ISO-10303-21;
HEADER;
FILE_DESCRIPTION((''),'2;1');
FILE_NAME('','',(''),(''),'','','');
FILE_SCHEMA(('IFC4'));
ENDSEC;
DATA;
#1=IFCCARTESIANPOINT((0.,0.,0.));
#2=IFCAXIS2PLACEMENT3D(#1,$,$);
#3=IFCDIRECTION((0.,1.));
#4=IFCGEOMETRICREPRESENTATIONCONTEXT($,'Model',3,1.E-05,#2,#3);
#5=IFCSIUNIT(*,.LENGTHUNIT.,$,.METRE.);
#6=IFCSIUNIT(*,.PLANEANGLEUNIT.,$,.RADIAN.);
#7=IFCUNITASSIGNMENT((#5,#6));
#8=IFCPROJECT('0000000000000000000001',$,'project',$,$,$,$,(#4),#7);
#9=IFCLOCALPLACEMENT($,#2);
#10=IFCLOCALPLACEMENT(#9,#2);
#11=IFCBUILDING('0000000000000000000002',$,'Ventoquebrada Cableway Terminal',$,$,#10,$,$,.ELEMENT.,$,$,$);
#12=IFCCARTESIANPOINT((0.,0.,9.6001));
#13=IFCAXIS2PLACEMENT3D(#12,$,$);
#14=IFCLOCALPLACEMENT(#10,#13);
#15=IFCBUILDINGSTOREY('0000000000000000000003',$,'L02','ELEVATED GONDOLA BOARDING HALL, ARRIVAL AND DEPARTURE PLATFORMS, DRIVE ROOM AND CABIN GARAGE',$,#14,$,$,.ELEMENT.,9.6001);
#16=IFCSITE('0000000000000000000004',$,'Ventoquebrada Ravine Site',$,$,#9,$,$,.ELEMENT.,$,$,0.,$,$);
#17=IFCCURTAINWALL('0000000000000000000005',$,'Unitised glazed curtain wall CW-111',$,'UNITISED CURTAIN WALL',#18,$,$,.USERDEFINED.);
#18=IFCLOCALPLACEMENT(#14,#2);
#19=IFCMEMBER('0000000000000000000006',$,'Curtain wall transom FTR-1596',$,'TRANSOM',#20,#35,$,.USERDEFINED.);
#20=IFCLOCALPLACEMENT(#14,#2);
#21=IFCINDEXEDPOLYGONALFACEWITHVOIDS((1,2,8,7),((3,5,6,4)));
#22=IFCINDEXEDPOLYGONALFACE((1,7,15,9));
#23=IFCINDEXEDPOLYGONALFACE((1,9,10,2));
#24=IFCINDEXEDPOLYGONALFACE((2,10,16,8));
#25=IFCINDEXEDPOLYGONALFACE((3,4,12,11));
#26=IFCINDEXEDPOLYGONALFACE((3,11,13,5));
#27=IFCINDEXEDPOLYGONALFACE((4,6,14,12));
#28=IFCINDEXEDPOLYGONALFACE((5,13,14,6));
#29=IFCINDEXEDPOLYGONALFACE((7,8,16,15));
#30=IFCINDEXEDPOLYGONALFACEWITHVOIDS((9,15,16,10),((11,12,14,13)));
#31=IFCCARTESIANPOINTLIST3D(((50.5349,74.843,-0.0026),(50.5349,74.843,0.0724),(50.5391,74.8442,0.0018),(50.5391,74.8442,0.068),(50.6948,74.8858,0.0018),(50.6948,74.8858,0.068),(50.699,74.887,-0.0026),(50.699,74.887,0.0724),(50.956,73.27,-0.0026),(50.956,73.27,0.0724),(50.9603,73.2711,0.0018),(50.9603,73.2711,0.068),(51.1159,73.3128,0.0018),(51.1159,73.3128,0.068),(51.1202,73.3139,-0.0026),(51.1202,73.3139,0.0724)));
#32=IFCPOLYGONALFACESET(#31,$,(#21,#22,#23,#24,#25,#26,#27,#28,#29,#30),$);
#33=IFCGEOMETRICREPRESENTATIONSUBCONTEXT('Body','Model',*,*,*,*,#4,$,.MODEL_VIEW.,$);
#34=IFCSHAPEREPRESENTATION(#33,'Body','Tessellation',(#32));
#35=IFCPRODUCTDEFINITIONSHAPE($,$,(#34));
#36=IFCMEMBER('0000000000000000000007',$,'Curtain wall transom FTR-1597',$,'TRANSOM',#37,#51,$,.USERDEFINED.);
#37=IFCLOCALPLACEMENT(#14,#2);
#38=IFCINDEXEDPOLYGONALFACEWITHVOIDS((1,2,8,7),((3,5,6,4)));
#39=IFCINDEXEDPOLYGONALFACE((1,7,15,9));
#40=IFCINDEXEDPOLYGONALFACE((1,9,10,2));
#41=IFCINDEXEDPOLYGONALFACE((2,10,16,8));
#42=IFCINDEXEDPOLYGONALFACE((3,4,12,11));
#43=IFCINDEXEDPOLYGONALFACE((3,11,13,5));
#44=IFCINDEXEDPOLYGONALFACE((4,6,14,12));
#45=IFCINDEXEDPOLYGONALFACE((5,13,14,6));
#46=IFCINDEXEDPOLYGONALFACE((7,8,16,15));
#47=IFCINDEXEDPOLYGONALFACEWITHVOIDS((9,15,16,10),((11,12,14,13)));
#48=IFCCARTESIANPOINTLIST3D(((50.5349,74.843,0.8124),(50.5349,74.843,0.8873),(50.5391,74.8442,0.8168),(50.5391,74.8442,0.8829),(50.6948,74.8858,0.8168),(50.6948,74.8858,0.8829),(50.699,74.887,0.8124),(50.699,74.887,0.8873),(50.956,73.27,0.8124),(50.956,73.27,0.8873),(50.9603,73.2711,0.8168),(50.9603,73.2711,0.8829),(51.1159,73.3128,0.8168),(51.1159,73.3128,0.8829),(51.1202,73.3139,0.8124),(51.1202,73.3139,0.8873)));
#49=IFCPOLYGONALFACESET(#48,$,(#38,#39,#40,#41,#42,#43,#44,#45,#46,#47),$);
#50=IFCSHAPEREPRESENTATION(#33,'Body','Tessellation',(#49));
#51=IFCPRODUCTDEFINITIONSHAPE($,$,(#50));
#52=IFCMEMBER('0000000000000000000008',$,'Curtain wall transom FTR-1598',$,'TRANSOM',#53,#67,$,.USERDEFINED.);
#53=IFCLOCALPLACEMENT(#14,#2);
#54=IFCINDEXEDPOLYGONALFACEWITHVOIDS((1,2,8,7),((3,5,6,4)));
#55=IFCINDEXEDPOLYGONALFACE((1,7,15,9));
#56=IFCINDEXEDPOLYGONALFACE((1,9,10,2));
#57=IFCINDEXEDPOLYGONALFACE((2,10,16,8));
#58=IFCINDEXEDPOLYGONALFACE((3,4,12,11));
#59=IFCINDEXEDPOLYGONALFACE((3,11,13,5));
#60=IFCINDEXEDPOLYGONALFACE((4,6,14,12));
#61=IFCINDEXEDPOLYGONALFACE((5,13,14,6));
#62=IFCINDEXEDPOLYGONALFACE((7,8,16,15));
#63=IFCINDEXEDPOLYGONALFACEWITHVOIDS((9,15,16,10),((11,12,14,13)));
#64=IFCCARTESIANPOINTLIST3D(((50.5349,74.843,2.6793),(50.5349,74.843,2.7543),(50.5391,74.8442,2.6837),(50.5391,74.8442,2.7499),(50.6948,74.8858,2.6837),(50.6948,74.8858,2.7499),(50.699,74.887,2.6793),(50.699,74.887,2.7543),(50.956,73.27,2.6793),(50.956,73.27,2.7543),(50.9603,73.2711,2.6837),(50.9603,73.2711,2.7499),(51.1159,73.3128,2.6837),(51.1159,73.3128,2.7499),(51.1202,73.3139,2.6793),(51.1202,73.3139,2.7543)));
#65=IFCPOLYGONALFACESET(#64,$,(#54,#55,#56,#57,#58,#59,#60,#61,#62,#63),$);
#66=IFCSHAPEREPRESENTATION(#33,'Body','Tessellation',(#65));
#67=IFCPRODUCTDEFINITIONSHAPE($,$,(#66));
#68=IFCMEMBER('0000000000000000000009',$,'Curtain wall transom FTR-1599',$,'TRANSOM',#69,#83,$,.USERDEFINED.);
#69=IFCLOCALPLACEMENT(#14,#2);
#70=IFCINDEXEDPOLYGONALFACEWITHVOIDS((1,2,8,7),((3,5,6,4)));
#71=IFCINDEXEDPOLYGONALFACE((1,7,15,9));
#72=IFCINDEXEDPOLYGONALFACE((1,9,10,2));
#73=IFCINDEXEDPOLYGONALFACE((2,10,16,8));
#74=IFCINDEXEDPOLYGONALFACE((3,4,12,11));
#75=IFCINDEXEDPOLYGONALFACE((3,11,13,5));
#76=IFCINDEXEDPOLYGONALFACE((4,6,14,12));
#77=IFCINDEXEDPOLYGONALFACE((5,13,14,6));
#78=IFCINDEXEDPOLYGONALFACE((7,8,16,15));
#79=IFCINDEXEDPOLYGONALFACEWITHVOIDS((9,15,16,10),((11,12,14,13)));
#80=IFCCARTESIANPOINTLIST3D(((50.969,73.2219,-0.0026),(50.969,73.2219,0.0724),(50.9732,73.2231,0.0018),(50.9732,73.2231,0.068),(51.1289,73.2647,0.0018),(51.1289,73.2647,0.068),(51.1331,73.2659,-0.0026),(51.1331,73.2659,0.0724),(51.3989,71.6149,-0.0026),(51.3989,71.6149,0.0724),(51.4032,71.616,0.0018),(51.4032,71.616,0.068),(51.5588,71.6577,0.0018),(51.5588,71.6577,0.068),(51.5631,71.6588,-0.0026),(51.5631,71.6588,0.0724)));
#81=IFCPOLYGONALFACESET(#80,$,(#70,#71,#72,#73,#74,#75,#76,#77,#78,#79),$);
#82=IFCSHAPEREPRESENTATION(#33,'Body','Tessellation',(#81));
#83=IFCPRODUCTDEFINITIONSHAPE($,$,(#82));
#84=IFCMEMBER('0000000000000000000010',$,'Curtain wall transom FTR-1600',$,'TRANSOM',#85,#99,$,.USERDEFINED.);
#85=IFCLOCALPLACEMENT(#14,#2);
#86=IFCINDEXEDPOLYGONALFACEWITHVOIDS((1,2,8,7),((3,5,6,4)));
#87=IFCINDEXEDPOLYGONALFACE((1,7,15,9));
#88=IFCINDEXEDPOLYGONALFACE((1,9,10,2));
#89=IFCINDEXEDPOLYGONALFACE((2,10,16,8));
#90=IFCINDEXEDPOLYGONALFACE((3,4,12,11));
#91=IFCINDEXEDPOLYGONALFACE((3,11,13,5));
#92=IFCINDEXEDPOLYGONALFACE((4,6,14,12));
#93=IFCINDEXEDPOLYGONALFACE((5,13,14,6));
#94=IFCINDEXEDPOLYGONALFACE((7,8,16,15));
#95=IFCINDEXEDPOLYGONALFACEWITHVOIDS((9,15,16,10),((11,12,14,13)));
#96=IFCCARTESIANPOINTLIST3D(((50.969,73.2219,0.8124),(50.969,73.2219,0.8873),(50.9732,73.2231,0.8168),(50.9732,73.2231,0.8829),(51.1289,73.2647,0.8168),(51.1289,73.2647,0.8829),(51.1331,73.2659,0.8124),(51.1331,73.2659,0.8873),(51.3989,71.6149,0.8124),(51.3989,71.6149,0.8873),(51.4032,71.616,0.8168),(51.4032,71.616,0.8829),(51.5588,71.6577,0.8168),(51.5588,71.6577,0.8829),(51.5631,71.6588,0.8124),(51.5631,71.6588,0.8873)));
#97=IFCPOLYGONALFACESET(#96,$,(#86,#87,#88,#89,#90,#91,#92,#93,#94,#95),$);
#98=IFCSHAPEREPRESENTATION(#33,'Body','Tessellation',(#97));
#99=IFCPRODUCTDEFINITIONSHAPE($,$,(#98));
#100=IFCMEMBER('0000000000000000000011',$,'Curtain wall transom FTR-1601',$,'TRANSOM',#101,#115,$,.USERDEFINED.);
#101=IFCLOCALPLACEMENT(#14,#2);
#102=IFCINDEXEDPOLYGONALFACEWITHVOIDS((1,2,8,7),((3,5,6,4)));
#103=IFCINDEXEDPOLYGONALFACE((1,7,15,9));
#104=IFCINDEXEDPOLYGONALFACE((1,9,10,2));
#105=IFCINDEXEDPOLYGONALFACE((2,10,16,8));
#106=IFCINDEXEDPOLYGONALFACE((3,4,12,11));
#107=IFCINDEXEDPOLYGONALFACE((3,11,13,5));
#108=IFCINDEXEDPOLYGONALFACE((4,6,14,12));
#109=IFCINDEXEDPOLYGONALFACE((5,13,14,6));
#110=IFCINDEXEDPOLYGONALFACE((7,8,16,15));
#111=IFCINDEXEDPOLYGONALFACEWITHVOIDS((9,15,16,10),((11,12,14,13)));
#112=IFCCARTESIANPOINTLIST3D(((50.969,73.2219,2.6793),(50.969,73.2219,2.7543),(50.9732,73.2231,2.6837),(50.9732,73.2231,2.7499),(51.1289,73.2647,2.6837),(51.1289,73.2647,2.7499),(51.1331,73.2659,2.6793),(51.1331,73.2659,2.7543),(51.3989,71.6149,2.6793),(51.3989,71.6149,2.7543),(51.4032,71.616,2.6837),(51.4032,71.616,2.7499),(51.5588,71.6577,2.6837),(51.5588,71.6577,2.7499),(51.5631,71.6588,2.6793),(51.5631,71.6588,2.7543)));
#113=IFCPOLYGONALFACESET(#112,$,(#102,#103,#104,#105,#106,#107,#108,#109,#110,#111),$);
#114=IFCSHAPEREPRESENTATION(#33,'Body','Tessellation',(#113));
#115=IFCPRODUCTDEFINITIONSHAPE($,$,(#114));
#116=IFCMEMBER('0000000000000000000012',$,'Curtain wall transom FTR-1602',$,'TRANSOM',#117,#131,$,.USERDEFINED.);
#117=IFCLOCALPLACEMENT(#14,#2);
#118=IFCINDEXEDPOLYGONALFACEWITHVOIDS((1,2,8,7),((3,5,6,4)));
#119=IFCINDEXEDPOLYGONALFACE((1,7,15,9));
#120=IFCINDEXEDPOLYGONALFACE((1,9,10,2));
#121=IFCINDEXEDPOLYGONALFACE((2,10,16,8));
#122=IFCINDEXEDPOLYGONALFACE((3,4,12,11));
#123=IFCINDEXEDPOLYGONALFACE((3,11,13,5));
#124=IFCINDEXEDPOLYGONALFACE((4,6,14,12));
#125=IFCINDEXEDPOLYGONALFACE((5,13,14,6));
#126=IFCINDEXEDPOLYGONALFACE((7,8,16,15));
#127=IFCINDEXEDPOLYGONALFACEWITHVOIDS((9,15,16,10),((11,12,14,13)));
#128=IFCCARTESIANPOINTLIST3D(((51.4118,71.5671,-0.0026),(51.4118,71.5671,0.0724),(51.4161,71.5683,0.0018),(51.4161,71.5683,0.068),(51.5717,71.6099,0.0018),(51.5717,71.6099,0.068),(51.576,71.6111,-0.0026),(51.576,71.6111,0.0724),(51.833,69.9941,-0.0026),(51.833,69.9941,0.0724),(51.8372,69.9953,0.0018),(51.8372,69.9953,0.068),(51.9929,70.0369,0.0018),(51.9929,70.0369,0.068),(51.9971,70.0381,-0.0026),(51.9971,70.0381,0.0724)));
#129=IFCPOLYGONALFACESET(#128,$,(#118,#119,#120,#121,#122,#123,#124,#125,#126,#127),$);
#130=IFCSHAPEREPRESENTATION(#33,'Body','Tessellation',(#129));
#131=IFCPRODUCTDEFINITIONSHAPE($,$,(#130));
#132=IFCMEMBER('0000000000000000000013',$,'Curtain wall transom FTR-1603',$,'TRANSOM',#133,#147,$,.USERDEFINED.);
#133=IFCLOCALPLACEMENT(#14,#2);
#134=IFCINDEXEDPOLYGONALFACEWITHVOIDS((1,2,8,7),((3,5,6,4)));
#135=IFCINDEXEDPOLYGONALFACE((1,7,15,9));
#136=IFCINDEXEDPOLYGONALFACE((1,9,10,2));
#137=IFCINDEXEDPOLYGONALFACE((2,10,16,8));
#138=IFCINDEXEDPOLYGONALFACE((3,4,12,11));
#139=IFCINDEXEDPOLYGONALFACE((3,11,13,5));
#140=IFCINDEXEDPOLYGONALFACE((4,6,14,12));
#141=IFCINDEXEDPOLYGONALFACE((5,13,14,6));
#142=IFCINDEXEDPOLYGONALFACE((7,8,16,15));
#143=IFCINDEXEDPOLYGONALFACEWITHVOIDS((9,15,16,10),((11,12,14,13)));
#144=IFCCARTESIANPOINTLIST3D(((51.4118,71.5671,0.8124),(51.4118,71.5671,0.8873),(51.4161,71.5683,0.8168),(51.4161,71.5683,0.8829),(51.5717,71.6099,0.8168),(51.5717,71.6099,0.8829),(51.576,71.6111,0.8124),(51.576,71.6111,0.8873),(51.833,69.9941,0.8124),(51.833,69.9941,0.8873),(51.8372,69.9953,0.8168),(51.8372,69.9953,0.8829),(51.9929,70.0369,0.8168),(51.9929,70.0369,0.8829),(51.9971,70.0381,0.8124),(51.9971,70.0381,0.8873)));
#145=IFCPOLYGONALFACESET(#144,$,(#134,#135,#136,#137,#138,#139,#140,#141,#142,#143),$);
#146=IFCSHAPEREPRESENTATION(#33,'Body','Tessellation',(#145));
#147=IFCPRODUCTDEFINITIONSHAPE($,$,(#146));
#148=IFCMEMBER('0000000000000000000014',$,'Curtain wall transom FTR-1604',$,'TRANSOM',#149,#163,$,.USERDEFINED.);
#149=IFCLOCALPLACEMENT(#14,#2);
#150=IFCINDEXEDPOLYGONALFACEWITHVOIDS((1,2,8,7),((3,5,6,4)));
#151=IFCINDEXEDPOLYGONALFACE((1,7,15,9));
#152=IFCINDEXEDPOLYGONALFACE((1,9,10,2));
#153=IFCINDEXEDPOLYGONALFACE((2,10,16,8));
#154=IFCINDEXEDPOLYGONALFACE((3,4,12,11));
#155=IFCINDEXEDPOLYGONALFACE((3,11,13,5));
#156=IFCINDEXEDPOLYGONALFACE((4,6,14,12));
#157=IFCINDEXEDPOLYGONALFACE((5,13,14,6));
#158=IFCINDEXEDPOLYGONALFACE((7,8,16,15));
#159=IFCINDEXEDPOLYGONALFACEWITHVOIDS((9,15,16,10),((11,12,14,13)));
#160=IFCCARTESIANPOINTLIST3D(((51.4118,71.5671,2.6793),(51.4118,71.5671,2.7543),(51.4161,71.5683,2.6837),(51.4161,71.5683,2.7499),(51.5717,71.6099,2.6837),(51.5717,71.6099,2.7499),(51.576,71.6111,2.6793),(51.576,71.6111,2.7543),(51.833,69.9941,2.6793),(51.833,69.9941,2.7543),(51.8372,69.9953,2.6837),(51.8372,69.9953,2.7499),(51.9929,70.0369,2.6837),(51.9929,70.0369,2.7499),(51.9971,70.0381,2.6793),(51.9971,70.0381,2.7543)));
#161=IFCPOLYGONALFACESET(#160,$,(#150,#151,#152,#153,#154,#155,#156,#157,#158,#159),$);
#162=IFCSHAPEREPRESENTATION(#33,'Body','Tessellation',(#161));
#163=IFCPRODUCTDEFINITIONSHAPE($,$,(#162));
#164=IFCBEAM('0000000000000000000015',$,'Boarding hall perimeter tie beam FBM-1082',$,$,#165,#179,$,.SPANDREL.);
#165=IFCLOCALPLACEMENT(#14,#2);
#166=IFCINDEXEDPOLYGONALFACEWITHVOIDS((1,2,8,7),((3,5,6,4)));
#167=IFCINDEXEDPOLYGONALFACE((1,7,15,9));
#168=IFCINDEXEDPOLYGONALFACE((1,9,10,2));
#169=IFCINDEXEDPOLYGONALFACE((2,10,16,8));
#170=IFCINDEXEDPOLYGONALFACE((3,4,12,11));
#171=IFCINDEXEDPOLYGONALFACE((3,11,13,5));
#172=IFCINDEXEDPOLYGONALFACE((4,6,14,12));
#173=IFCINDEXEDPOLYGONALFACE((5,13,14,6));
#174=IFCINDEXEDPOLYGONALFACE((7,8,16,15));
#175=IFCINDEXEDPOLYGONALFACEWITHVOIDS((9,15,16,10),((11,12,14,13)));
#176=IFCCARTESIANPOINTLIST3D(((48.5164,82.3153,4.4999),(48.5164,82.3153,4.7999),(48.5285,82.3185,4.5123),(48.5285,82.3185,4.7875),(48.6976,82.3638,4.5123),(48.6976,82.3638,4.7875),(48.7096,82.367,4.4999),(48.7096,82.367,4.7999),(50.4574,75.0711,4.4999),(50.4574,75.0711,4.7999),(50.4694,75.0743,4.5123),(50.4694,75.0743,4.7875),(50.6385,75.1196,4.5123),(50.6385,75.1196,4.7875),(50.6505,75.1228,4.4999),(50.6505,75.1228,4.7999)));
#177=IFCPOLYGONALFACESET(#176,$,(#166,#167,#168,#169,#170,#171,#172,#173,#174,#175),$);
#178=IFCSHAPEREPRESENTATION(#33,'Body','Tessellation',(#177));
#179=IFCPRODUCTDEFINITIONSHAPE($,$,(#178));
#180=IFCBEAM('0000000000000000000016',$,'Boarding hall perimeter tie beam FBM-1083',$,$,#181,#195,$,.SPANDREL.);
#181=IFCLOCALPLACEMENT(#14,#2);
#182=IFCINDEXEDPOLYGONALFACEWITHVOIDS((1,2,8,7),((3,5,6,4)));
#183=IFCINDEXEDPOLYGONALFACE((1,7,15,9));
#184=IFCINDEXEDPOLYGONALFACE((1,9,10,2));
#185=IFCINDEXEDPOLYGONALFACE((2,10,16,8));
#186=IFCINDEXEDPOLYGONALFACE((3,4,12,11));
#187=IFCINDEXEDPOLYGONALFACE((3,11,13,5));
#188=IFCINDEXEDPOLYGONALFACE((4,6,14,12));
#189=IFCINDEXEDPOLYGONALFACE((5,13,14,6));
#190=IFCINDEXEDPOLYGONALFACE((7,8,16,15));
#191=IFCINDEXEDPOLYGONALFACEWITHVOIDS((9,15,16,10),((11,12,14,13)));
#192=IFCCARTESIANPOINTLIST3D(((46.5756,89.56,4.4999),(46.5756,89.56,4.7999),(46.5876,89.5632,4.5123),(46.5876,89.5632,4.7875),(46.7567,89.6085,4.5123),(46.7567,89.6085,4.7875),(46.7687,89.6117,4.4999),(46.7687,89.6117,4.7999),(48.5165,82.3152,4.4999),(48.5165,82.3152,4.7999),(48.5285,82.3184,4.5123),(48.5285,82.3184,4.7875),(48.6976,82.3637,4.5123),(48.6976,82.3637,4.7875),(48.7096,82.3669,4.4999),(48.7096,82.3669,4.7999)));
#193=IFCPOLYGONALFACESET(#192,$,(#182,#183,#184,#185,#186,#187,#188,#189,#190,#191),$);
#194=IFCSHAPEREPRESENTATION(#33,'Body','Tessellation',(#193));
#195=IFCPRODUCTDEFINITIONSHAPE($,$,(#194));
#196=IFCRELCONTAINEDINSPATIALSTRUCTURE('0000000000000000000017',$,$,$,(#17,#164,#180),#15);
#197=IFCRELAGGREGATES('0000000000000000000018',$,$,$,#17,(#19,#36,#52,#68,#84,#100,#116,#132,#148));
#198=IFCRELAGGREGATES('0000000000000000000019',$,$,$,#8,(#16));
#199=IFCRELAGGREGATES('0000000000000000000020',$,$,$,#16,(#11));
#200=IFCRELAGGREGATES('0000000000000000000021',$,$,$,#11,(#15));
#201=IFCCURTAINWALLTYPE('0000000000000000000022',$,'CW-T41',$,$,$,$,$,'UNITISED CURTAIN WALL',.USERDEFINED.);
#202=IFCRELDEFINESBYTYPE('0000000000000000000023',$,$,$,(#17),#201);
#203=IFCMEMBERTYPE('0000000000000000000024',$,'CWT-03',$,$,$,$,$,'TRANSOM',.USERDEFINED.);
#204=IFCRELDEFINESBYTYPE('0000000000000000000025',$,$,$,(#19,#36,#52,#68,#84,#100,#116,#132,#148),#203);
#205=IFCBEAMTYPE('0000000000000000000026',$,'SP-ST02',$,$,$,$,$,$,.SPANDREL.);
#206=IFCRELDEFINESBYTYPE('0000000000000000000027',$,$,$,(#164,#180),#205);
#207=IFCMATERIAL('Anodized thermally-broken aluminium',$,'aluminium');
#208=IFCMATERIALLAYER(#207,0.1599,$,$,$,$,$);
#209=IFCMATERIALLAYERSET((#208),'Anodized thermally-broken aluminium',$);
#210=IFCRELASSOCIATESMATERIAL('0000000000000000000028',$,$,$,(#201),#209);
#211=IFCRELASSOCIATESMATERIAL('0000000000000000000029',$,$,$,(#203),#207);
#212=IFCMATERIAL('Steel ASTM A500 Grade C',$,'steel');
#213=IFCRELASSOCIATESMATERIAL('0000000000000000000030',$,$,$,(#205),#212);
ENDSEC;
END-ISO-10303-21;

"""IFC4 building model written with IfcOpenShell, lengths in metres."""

from ifc_helpers import new_model, si_unit, direction, frame, origin, origin_2d, place, context, subcontext, project, spatial, hollow_rectangle, extrude, material, layer, layer_set, material_profile, profile_set, type_object, element, aggregate, save


model = new_model("IFC4")

# Units and contexts
model_context = context("Model", 3, precision=1e-05, world=origin(), true_north=direction((0.0, 1.0)))
body_context = subcontext(model_context, "Body", "Model", "MODEL_VIEW")
ifc_project = project(units=[si_unit("LENGTHUNIT", "METRE"), si_unit("PLANEANGLEUNIT", "RADIAN")], contexts=[model_context])

# Site, building, storey
site_placement = place(None, origin())
site = spatial("IfcSite", under=ifc_project, at=site_placement, Name="Ventoquebrada Ravine Site", CompositionType="ELEMENT", RefElevation=0.0)
building_placement = place(site_placement, origin())
building = spatial("IfcBuilding", under=site, at=building_placement, Name="Ventoquebrada Cableway Terminal", CompositionType="ELEMENT")
storey_placement = place(building_placement, frame((0.0, 0.0, 9.6001)))
storey = spatial("IfcBuildingStorey", under=building, at=storey_placement, Name="L02", Description="ELEVATED GONDOLA BOARDING HALL, ARRIVAL AND DEPARTURE PLATFORMS, DRIVE ROOM AND CABIN GARAGE", CompositionType="ELEMENT", Elevation=9.6001)

# Shared definitions
ifc_material_1 = material(Name="Steel ASTM A500 Grade C", Category="steel")

# Curtain wall
ifc_material_2 = material(Name="Anodized thermally-broken aluminium", Category="aluminium")
ifc_layer_1 = layer(ifc_material_2, 0.1599)
ifc_layer_set_1 = layer_set([ifc_layer_1], Name="Anodized thermally-broken aluminium")
curtain_wall_type_1 = type_object("IfcCurtainWallType", Name="CW-T41", ElementType="UNITISED CURTAIN WALL", PredefinedType="USERDEFINED", material=ifc_layer_set_1)
curtain_wall_1_placement = place(storey_placement, origin())
curtain_wall_1 = element("IfcCurtainWall", 1, at=curtain_wall_1_placement, inside=storey, type_object=curtain_wall_type_1, Name="Unitised glazed curtain wall CW-111", ObjectType="UNITISED CURTAIN WALL", PredefinedType="USERDEFINED")

# Members
ifc_material_profile_1 = material_profile(ifc_material_2, hollow_rectangle(XDim=0.075, YDim=0.1699, WallThickness=0.0044, at=origin_2d()), Name="CW-TRN-75X170")
ifc_profile_set_1 = profile_set([ifc_material_profile_1], Name="Anodized thermally-broken aluminium")
member_type_1 = type_object("IfcMemberType", Name="CWT-03", ElementType="TRANSOM", PredefinedType="USERDEFINED", material=ifc_profile_set_1)
member_1_placement = place(storey_placement, frame((50.6169, 74.865, 0.0349), z_axis=(0.258624, -0.965978, 0.0), x_axis=(0.0, 0.0, 1.0)))
member_1 = element("IfcMember", 2, at=member_1_placement, type_object=member_type_1, Name="Curtain wall transom FTR-1596", ObjectType="TRANSOM", PredefinedType="USERDEFINED", context=body_context, shape_type="SweptSolid", body=[
    extrude(hollow_rectangle(XDim=0.075, YDim=0.1699, WallThickness=0.0044, at=origin_2d()), origin(), (0.0, 0.0, 1.0), 1.6284),
])
member_2_placement = place(storey_placement, frame((50.6169, 74.865, 0.8499), z_axis=(0.258624, -0.965978, 0.0), x_axis=(0.0, 0.0, 1.0)))
member_2 = element("IfcMember", 3, at=member_2_placement, type_object=member_type_1, Name="Curtain wall transom FTR-1597", ObjectType="TRANSOM", PredefinedType="USERDEFINED", context=body_context, shape_type="SweptSolid", body=[
    extrude(hollow_rectangle(XDim=0.075, YDim=0.1699, WallThickness=0.0044, at=origin_2d()), origin(), (0.0, 0.0, 1.0), 1.6284),
])
member_3_placement = place(storey_placement, frame((50.6169, 74.865, 2.7168), z_axis=(0.258624, -0.965978, 0.0), x_axis=(0.0, 0.0, 1.0)))
member_3 = element("IfcMember", 4, at=member_3_placement, type_object=member_type_1, Name="Curtain wall transom FTR-1598", ObjectType="TRANSOM", PredefinedType="USERDEFINED", context=body_context, shape_type="SweptSolid", body=[
    extrude(hollow_rectangle(XDim=0.075, YDim=0.1699, WallThickness=0.0044, at=origin_2d()), origin(), (0.0, 0.0, 1.0), 1.6284),
])
member_4_placement = place(storey_placement, frame((51.051, 73.2439, 0.0349), z_axis=(0.258457, -0.966023, 0.0), x_axis=(0.0, 0.0, 1.0)))
member_4 = element("IfcMember", 5, at=member_4_placement, type_object=member_type_1, Name="Curtain wall transom FTR-1599", ObjectType="TRANSOM", PredefinedType="USERDEFINED", context=body_context, shape_type="SweptSolid", body=[
    extrude(hollow_rectangle(XDim=0.075, YDim=0.1699, WallThickness=0.0044, at=origin_2d()), origin(), (0.0, 0.0, 1.0), 1.6636),
])
member_5_placement = place(storey_placement, frame((51.051, 73.2439, 0.8499), z_axis=(0.258457, -0.966023, 0.0), x_axis=(0.0, 0.0, 1.0)))
member_5 = element("IfcMember", 6, at=member_5_placement, type_object=member_type_1, Name="Curtain wall transom FTR-1600", ObjectType="TRANSOM", PredefinedType="USERDEFINED", context=body_context, shape_type="SweptSolid", body=[
    extrude(hollow_rectangle(XDim=0.075, YDim=0.1699, WallThickness=0.0044, at=origin_2d()), origin(), (0.0, 0.0, 1.0), 1.6636),
])
member_6_placement = place(storey_placement, frame((51.051, 73.2439, 2.7168), z_axis=(0.258457, -0.966023, 0.0), x_axis=(0.0, 0.0, 1.0)))
member_6 = element("IfcMember", 7, at=member_6_placement, type_object=member_type_1, Name="Curtain wall transom FTR-1601", ObjectType="TRANSOM", PredefinedType="USERDEFINED", context=body_context, shape_type="SweptSolid", body=[
    extrude(hollow_rectangle(XDim=0.075, YDim=0.1699, WallThickness=0.0044, at=origin_2d()), origin(), (0.0, 0.0, 1.0), 1.6636),
])
member_7_placement = place(storey_placement, frame((51.4939, 71.5891, 0.0349), z_axis=(0.258624, -0.965978, 0.0), x_axis=(0.0, 0.0, 1.0)))
member_7 = element("IfcMember", 8, at=member_7_placement, type_object=member_type_1, Name="Curtain wall transom FTR-1602", ObjectType="TRANSOM", PredefinedType="USERDEFINED", context=body_context, shape_type="SweptSolid", body=[
    extrude(hollow_rectangle(XDim=0.075, YDim=0.1699, WallThickness=0.0044, at=origin_2d()), origin(), (0.0, 0.0, 1.0), 1.6284),
])
member_8_placement = place(storey_placement, frame((51.4939, 71.5891, 0.8499), z_axis=(0.258624, -0.965978, 0.0), x_axis=(0.0, 0.0, 1.0)))
member_8 = element("IfcMember", 9, at=member_8_placement, type_object=member_type_1, Name="Curtain wall transom FTR-1603", ObjectType="TRANSOM", PredefinedType="USERDEFINED", context=body_context, shape_type="SweptSolid", body=[
    extrude(hollow_rectangle(XDim=0.075, YDim=0.1699, WallThickness=0.0044, at=origin_2d()), origin(), (0.0, 0.0, 1.0), 1.6284),
])
member_9_placement = place(storey_placement, frame((51.4939, 71.5891, 2.7168), z_axis=(0.258624, -0.965978, 0.0), x_axis=(0.0, 0.0, 1.0)))
member_9 = element("IfcMember", 10, at=member_9_placement, type_object=member_type_1, Name="Curtain wall transom FTR-1604", ObjectType="TRANSOM", PredefinedType="USERDEFINED", context=body_context, shape_type="SweptSolid", body=[
    extrude(hollow_rectangle(XDim=0.075, YDim=0.1699, WallThickness=0.0044, at=origin_2d()), origin(), (0.0, 0.0, 1.0), 1.6284),
])

# Beams
ifc_material_profile_2 = material_profile(ifc_material_1, hollow_rectangle(XDim=0.2, YDim=0.3, WallThickness=0.0125, at=origin_2d()), Name="RHS300X200X12.5")
ifc_profile_set_2 = profile_set([ifc_material_profile_2], Name="Steel ASTM A500 Grade C")
beam_type_1 = type_object("IfcBeamType", Name="SP-ST02", PredefinedType="SPANDREL", material=ifc_profile_set_2)
beam_1_placement = place(storey_placement, frame((50.554, 75.0969, 4.6499), z_axis=(-0.258801, 0.965931, 0.0), x_axis=(-0.965931, -0.258801, 0.0)))
element("IfcBeam", 11, at=beam_1_placement, inside=storey, type_object=beam_type_1, Name="Boarding hall perimeter tie beam FBM-1082", PredefinedType="SPANDREL", context=body_context, shape_type="SweptSolid", body=[
    extrude(hollow_rectangle(XDim=0.2, YDim=0.3, WallThickness=0.0125, at=origin_2d()), origin(), (0.0, 0.0, 1.0), 7.4998),
])
beam_2_placement = place(storey_placement, frame((48.613, 82.3411, 4.6499), z_axis=(-0.258777, 0.965937, 0.0), x_axis=(-0.965937, -0.258777, 0.0)))
element("IfcBeam", 12, at=beam_2_placement, inside=storey, type_object=beam_type_1, Name="Boarding hall perimeter tie beam FBM-1083", PredefinedType="SPANDREL", context=body_context, shape_type="SweptSolid", body=[
    extrude(hollow_rectangle(XDim=0.2, YDim=0.3, WallThickness=0.0125, at=origin_2d()), origin(), (0.0, 0.0, 1.0), 7.5002),
])

aggregate(curtain_wall_1, [member_1, member_2, member_3, member_4, member_5, member_6, member_7, member_8, member_9])

save(model, "model.ifc")
